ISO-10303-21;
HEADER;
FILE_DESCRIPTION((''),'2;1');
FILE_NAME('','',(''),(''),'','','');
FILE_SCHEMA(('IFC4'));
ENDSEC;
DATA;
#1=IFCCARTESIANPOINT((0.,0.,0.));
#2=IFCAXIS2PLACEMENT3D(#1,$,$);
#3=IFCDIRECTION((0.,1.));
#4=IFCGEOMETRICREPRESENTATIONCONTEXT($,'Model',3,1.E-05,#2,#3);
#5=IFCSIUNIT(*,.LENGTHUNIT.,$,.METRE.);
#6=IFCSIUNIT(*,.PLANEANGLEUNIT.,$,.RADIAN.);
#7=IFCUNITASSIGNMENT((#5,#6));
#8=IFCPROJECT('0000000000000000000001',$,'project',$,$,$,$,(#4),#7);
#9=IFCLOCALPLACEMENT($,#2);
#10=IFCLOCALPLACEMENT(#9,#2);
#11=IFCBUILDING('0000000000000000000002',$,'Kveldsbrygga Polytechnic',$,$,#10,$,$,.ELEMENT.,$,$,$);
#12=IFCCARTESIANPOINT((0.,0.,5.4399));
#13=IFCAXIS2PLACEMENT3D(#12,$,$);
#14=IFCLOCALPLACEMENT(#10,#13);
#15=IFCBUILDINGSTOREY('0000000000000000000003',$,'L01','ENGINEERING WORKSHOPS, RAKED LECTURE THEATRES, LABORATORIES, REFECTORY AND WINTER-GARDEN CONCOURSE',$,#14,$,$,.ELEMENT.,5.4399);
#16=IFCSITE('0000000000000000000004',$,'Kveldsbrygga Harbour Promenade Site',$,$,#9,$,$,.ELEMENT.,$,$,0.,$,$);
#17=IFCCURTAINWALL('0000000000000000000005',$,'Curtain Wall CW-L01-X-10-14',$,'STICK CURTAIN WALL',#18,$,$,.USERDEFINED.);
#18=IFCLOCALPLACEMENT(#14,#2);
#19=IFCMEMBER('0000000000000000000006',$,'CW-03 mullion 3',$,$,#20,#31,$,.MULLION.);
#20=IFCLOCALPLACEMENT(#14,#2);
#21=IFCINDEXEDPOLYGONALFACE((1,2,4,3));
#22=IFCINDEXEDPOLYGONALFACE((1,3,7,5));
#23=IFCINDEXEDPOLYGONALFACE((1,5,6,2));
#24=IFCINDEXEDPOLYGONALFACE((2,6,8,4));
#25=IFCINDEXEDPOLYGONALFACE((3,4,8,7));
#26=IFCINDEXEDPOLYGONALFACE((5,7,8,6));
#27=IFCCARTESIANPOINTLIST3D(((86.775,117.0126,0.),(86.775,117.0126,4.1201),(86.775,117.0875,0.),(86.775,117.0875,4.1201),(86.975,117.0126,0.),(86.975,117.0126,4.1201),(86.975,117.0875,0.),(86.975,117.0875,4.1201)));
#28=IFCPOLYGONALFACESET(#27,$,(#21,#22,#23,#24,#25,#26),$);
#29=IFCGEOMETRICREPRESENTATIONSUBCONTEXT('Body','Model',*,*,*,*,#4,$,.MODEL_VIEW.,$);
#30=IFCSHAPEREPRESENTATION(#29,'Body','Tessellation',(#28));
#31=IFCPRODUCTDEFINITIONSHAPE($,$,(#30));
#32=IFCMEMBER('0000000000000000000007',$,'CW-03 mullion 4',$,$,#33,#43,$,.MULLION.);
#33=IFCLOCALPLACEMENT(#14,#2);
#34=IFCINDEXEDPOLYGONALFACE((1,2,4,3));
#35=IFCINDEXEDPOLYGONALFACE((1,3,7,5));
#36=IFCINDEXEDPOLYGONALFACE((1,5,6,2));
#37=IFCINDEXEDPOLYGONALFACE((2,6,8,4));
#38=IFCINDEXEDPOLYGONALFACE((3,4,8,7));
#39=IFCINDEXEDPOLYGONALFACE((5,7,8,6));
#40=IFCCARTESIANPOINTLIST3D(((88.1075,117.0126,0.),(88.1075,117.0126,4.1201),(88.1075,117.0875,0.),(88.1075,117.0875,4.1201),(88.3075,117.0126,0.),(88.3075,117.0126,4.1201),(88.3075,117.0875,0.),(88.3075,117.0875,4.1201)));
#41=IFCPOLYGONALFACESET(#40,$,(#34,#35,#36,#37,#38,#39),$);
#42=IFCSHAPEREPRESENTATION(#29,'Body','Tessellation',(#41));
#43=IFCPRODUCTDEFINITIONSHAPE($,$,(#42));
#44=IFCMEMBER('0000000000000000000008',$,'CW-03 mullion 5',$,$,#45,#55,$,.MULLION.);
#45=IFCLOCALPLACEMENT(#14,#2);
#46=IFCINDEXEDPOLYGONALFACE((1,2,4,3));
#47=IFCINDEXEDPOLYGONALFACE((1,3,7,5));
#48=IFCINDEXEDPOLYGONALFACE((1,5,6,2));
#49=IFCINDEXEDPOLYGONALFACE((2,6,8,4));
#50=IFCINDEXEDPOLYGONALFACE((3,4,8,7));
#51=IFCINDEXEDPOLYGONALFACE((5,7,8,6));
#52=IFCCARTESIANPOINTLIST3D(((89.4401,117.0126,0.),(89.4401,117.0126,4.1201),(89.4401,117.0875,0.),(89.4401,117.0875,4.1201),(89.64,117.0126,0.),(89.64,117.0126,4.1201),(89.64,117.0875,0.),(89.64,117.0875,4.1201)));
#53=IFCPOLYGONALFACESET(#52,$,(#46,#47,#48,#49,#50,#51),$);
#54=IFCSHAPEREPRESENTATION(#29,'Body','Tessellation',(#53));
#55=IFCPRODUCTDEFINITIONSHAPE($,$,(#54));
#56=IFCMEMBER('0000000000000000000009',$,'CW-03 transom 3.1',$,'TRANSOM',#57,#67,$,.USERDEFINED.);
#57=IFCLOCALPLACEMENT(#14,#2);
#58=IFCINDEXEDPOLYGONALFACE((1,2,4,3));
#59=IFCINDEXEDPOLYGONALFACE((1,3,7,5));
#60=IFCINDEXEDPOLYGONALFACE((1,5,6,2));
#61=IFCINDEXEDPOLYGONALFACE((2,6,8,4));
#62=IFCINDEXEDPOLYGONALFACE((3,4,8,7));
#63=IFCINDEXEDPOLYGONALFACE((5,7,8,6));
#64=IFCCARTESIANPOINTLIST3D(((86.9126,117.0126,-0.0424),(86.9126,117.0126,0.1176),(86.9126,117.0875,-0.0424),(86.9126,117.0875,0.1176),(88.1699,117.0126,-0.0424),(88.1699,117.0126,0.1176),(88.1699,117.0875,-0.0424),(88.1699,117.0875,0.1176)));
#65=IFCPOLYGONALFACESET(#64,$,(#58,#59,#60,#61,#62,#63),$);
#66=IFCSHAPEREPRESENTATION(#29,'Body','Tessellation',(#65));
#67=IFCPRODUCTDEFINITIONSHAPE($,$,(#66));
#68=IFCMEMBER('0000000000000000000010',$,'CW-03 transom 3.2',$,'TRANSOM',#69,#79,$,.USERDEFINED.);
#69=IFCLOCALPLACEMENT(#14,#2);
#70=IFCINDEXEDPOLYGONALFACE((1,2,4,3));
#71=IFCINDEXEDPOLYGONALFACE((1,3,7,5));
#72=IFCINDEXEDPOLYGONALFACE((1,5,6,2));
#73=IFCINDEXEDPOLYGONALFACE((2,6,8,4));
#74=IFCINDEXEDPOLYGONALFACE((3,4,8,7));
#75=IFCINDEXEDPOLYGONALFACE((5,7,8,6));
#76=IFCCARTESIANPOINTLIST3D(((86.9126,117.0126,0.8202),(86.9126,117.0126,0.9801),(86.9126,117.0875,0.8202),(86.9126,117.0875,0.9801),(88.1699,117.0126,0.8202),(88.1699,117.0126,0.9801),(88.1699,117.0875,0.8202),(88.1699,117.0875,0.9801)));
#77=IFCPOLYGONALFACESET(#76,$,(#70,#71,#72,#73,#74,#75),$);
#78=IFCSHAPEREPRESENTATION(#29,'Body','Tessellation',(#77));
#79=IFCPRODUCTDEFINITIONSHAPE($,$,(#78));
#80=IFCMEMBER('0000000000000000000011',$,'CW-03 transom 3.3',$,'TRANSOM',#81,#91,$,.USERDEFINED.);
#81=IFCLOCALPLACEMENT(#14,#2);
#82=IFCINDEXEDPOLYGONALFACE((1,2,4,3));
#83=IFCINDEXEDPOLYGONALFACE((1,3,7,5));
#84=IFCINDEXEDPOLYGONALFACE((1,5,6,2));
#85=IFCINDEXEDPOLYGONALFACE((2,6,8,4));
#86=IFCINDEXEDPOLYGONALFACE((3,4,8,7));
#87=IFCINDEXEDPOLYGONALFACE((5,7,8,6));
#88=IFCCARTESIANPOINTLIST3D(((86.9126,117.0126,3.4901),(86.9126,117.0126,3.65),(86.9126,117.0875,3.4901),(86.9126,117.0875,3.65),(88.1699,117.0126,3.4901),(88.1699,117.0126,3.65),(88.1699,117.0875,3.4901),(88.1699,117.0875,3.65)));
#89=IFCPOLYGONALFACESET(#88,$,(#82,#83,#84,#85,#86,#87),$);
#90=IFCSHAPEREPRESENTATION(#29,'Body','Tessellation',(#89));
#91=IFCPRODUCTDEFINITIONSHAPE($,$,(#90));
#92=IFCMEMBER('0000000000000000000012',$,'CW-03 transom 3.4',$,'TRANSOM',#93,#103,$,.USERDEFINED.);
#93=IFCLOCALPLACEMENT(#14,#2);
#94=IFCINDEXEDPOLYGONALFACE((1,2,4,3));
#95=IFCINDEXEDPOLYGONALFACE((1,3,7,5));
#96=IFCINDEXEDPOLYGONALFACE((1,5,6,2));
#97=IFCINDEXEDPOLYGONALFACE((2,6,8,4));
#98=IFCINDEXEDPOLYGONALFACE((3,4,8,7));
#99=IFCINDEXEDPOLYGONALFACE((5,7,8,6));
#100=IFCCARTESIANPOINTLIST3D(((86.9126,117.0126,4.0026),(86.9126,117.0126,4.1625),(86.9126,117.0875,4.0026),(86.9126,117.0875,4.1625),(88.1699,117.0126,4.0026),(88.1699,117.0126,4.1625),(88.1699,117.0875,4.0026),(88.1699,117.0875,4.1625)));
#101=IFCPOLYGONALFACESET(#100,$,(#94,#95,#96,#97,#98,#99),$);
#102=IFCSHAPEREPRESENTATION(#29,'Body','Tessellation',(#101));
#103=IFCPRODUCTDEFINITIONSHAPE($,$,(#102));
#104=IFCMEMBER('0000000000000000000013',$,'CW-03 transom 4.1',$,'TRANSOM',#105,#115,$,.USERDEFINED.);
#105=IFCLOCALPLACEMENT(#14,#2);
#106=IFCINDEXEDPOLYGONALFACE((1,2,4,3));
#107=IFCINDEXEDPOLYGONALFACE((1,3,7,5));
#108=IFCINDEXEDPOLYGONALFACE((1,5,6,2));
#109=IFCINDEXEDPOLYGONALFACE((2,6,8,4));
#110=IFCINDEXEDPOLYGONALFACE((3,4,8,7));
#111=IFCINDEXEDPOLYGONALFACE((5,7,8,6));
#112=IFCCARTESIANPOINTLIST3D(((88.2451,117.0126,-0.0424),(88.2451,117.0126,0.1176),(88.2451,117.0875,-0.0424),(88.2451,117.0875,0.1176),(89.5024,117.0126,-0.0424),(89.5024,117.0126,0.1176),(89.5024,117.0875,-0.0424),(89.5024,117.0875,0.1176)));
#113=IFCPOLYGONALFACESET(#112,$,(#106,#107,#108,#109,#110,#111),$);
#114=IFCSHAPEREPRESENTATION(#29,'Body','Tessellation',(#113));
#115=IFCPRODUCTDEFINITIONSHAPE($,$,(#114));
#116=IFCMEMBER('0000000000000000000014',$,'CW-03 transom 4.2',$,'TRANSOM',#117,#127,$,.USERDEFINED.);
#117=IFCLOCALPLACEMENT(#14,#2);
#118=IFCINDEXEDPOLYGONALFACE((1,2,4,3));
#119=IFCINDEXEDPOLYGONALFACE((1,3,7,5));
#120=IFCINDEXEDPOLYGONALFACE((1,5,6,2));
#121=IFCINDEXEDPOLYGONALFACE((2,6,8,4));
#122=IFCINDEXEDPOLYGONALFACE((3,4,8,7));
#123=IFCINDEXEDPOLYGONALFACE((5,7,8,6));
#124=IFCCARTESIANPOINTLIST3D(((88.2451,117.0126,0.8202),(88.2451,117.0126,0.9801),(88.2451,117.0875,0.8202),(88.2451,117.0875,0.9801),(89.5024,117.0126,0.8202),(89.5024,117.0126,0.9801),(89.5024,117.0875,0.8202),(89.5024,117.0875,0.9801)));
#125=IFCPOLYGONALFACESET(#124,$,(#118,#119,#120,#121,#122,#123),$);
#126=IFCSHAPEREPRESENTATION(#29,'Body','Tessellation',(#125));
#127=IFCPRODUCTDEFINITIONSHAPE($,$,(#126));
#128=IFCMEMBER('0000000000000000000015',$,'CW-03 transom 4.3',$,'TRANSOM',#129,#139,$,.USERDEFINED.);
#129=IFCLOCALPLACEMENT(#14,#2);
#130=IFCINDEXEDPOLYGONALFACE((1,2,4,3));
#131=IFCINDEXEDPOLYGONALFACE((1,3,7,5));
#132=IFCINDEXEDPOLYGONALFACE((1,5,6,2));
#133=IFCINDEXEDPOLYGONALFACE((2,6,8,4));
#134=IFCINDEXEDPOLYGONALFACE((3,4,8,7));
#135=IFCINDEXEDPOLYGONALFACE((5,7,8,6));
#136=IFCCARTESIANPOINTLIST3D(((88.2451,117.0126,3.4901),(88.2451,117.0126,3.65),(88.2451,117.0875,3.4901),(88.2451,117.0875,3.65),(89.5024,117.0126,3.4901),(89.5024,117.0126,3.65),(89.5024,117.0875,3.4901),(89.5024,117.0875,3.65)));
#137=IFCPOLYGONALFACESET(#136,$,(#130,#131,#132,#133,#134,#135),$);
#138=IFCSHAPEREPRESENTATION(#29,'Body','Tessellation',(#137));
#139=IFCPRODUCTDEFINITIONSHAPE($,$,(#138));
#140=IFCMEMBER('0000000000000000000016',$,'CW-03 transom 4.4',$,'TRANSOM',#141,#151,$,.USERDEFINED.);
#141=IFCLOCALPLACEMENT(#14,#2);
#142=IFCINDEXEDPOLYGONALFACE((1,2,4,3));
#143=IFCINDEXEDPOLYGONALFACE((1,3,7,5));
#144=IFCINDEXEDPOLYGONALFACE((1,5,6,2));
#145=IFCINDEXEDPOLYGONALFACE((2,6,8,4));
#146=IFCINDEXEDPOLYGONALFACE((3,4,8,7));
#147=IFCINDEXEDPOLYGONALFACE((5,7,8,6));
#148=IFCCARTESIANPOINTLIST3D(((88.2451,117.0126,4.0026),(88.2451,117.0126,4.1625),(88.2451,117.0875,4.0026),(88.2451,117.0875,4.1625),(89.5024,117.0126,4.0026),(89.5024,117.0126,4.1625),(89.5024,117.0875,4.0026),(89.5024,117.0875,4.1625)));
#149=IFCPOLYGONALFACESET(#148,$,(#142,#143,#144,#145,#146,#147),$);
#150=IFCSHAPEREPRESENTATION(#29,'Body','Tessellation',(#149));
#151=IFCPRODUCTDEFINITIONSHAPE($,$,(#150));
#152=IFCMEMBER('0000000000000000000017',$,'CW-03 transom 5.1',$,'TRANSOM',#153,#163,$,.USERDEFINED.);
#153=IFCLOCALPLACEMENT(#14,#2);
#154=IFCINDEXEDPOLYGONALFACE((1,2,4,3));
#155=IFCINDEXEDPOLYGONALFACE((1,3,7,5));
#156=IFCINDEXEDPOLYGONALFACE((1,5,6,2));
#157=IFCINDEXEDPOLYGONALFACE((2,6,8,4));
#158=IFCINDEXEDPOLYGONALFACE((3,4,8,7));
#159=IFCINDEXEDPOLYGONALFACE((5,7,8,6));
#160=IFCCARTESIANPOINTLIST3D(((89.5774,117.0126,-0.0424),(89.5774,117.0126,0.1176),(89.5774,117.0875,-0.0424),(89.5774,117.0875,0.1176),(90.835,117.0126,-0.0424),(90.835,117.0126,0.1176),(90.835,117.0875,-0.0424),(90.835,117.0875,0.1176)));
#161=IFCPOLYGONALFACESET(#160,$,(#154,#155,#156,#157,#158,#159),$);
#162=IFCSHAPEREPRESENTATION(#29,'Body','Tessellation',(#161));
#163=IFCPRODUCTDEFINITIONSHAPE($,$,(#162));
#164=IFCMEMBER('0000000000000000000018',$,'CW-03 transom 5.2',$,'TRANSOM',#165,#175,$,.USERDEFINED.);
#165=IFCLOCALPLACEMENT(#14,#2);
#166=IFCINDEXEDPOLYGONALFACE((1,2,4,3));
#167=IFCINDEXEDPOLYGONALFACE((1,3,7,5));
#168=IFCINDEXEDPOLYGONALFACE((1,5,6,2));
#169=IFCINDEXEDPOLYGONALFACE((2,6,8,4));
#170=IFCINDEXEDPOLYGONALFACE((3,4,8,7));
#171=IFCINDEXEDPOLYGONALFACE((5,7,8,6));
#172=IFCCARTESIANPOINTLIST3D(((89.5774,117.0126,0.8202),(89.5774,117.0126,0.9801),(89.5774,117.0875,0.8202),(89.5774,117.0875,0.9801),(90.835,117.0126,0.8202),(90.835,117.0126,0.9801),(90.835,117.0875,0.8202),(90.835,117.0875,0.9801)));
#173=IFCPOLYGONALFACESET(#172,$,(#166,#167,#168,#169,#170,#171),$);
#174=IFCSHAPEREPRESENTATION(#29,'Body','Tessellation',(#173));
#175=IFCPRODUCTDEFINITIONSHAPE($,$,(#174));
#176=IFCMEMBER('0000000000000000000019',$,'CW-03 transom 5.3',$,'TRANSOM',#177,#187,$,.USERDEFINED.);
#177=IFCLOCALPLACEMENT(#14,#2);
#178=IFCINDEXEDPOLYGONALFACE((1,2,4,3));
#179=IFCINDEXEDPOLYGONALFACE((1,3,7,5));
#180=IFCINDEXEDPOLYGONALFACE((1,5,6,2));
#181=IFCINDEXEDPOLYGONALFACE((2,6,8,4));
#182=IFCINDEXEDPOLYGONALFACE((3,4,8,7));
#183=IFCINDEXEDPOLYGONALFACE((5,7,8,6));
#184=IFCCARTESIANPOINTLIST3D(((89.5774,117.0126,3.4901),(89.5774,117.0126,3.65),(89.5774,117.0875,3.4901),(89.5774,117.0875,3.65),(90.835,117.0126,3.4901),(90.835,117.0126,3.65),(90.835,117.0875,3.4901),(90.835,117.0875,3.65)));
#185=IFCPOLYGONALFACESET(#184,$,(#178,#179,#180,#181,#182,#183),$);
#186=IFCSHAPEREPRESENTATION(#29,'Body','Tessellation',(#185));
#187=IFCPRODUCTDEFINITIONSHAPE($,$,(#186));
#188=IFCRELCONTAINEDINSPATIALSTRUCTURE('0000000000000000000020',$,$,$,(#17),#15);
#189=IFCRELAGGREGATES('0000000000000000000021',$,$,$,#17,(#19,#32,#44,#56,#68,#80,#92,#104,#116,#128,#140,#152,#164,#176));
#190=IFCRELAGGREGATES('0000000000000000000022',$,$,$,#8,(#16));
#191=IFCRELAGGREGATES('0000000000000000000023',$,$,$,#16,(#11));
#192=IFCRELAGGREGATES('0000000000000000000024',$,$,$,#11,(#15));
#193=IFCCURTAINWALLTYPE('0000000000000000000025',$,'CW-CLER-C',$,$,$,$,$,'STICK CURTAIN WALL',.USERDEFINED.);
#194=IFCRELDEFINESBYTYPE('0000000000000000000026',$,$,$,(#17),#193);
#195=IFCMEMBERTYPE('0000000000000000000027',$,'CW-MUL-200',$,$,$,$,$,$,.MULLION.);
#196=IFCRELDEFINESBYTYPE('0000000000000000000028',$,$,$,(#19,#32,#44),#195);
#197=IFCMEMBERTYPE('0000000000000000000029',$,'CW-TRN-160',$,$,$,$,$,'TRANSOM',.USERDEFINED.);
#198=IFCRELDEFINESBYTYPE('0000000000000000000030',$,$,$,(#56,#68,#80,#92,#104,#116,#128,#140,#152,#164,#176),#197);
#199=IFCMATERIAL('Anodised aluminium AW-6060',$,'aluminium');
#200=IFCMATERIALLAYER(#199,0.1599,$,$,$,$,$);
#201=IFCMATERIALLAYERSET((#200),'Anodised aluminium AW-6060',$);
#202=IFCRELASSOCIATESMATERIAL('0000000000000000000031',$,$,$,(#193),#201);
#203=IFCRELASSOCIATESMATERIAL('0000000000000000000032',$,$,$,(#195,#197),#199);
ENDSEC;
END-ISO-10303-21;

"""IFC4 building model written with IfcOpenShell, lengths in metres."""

from ifc_helpers import new_model, si_unit, direction, frame, origin, origin_2d, place, context, subcontext, project, spatial, rectangle, extrude, material, layer, layer_set, material_profile, profile_set, type_object, element, aggregate, save


model = new_model("IFC4")

# Units and contexts
model_context = context("Model", 3, precision=1e-05, world=origin(), true_north=direction((0.0, 1.0)))
body_context = subcontext(model_context, "Body", "Model", "MODEL_VIEW")
ifc_project = project(units=[si_unit("LENGTHUNIT", "METRE"), si_unit("PLANEANGLEUNIT", "RADIAN")], contexts=[model_context])

# Site, building, storey
site_placement = place(None, origin())
site = spatial("IfcSite", under=ifc_project, at=site_placement, Name="Kveldsbrygga Harbour Promenade Site", CompositionType="ELEMENT", RefElevation=0.0)
building_placement = place(site_placement, origin())
building = spatial("IfcBuilding", under=site, at=building_placement, Name="Kveldsbrygga Polytechnic", CompositionType="ELEMENT")
storey_placement = place(building_placement, frame((0.0, 0.0, 5.4399)))
storey = spatial("IfcBuildingStorey", under=building, at=storey_placement, Name="L01", Description="ENGINEERING WORKSHOPS, RAKED LECTURE THEATRES, LABORATORIES, REFECTORY AND WINTER-GARDEN CONCOURSE", CompositionType="ELEMENT", Elevation=5.4399)

# Curtain wall, members
ifc_material_1 = material(Name="Anodised aluminium AW-6060", Category="aluminium")
ifc_layer_1 = layer(ifc_material_1, 0.1599)
ifc_layer_set_1 = layer_set([ifc_layer_1], Name="Anodised aluminium AW-6060")
curtain_wall_type = type_object("IfcCurtainWallType", Name="CW-CLER-C", ElementType="STICK CURTAIN WALL", PredefinedType="USERDEFINED", material=ifc_layer_set_1)
curtain_wall_placement = place(storey_placement, origin())
curtain_wall = element("IfcCurtainWall", 1, at=curtain_wall_placement, inside=storey, type_object=curtain_wall_type, Name="Curtain Wall CW-L01-X-10-14", ObjectType="STICK CURTAIN WALL", PredefinedType="USERDEFINED")
ifc_material_profile_1 = material_profile(ifc_material_1, rectangle(XDim=0.075, YDim=0.2, at=origin_2d()), Name="ALU 75x200")
ifc_profile_set_1 = profile_set([ifc_material_profile_1], Name="Anodised aluminium AW-6060")
member_type_1 = type_object("IfcMemberType", Name="CW-MUL-200", PredefinedType="MULLION", material=ifc_profile_set_1)
member_1_placement = place(storey_placement, frame((86.875, 117.05, 0.0), z_axis=(0.0, 0.0, 1.0), x_axis=(0.0, 1.0, 0.0)))
member_1 = element("IfcMember", 2, at=member_1_placement, type_object=member_type_1, Name="CW-03 mullion 3", PredefinedType="MULLION", context=body_context, shape_type="SweptSolid", body=[
    extrude(rectangle(XDim=0.075, YDim=0.2, at=origin_2d()), origin(), (0.0, 0.0, 1.0), 4.1201),
])
member_2_placement = place(storey_placement, frame((88.2075, 117.05, 0.0), z_axis=(0.0, 0.0, 1.0), x_axis=(0.0, 1.0, 0.0)))
member_2 = element("IfcMember", 3, at=member_2_placement, type_object=member_type_1, Name="CW-03 mullion 4", PredefinedType="MULLION", context=body_context, shape_type="SweptSolid", body=[
    extrude(rectangle(XDim=0.075, YDim=0.2, at=origin_2d()), origin(), (0.0, 0.0, 1.0), 4.1201),
])
member_3_placement = place(storey_placement, frame((89.54, 117.05, 0.0), z_axis=(0.0, 0.0, 1.0), x_axis=(0.0, 1.0, 0.0)))
member_3 = element("IfcMember", 4, at=member_3_placement, type_object=member_type_1, Name="CW-03 mullion 5", PredefinedType="MULLION", context=body_context, shape_type="SweptSolid", body=[
    extrude(rectangle(XDim=0.075, YDim=0.2, at=origin_2d()), origin(), (0.0, 0.0, 1.0), 4.1201),
])
ifc_material_profile_2 = material_profile(ifc_material_1, rectangle(XDim=0.075, YDim=0.1599, at=origin_2d()), Name="ALU 75x160")
ifc_profile_set_2 = profile_set([ifc_material_profile_2], Name="Anodised aluminium AW-6060")
member_type_2 = type_object("IfcMemberType", Name="CW-TRN-160", ElementType="TRANSOM", PredefinedType="USERDEFINED", material=ifc_profile_set_2)
member_4_placement = place(storey_placement, frame((86.9126, 117.05, 0.0376), z_axis=(1.0, 0.0, 0.0), x_axis=(0.0, 1.0, 0.0)))
member_4 = element("IfcMember", 5, at=member_4_placement, type_object=member_type_2, Name="CW-03 transom 3.1", ObjectType="TRANSOM", PredefinedType="USERDEFINED", context=body_context, shape_type="SweptSolid", body=[
    extrude(rectangle(XDim=0.075, YDim=0.1599, at=origin_2d()), origin(), (0.0, 0.0, 1.0), 1.2573),
])
member_5_placement = place(storey_placement, frame((86.9126, 117.05, 0.9001), z_axis=(1.0, 0.0, 0.0), x_axis=(0.0, 1.0, 0.0)))
member_5 = element("IfcMember", 6, at=member_5_placement, type_object=member_type_2, Name="CW-03 transom 3.2", ObjectType="TRANSOM", PredefinedType="USERDEFINED", context=body_context, shape_type="SweptSolid", body=[
    extrude(rectangle(XDim=0.075, YDim=0.1599, at=origin_2d()), origin(), (0.0, 0.0, 1.0), 1.2573),
])
member_6_placement = place(storey_placement, frame((86.9126, 117.05, 3.5701), z_axis=(1.0, 0.0, 0.0), x_axis=(0.0, 1.0, 0.0)))
member_6 = element("IfcMember", 7, at=member_6_placement, type_object=member_type_2, Name="CW-03 transom 3.3", ObjectType="TRANSOM", PredefinedType="USERDEFINED", context=body_context, shape_type="SweptSolid", body=[
    extrude(rectangle(XDim=0.075, YDim=0.1599, at=origin_2d()), origin(), (0.0, 0.0, 1.0), 1.2573),
])
member_7_placement = place(storey_placement, frame((86.9126, 117.05, 4.0825), z_axis=(1.0, 0.0, 0.0), x_axis=(0.0, 1.0, 0.0)))
member_7 = element("IfcMember", 8, at=member_7_placement, type_object=member_type_2, Name="CW-03 transom 3.4", ObjectType="TRANSOM", PredefinedType="USERDEFINED", context=body_context, shape_type="SweptSolid", body=[
    extrude(rectangle(XDim=0.075, YDim=0.1599, at=origin_2d()), origin(), (0.0, 0.0, 1.0), 1.2573),
])
member_8_placement = place(storey_placement, frame((88.2451, 117.05, 0.0376), z_axis=(1.0, 0.0, 0.0), x_axis=(0.0, 1.0, 0.0)))
member_8 = element("IfcMember", 9, at=member_8_placement, type_object=member_type_2, Name="CW-03 transom 4.1", ObjectType="TRANSOM", PredefinedType="USERDEFINED", context=body_context, shape_type="SweptSolid", body=[
    extrude(rectangle(XDim=0.075, YDim=0.1599, at=origin_2d()), origin(), (0.0, 0.0, 1.0), 1.2573),
])
member_9_placement = place(storey_placement, frame((88.2451, 117.05, 0.9001), z_axis=(1.0, 0.0, 0.0), x_axis=(0.0, 1.0, 0.0)))
member_9 = element("IfcMember", 10, at=member_9_placement, type_object=member_type_2, Name="CW-03 transom 4.2", ObjectType="TRANSOM", PredefinedType="USERDEFINED", context=body_context, shape_type="SweptSolid", body=[
    extrude(rectangle(XDim=0.075, YDim=0.1599, at=origin_2d()), origin(), (0.0, 0.0, 1.0), 1.2573),
])
member_10_placement = place(storey_placement, frame((88.2451, 117.05, 3.5701), z_axis=(1.0, 0.0, 0.0), x_axis=(0.0, 1.0, 0.0)))
member_10 = element("IfcMember", 11, at=member_10_placement, type_object=member_type_2, Name="CW-03 transom 4.3", ObjectType="TRANSOM", PredefinedType="USERDEFINED", context=body_context, shape_type="SweptSolid", body=[
    extrude(rectangle(XDim=0.075, YDim=0.1599, at=origin_2d()), origin(), (0.0, 0.0, 1.0), 1.2573),
])
member_11_placement = place(storey_placement, frame((88.2451, 117.05, 4.0825), z_axis=(1.0, 0.0, 0.0), x_axis=(0.0, 1.0, 0.0)))
member_11 = element("IfcMember", 12, at=member_11_placement, type_object=member_type_2, Name="CW-03 transom 4.4", ObjectType="TRANSOM", PredefinedType="USERDEFINED", context=body_context, shape_type="SweptSolid", body=[
    extrude(rectangle(XDim=0.075, YDim=0.1599, at=origin_2d()), origin(), (0.0, 0.0, 1.0), 1.2573),
])
member_12_placement = place(storey_placement, frame((89.5774, 117.05, 0.0376), z_axis=(1.0, 0.0, 0.0), x_axis=(0.0, 1.0, 0.0)))
member_12 = element("IfcMember", 13, at=member_12_placement, type_object=member_type_2, Name="CW-03 transom 5.1", ObjectType="TRANSOM", PredefinedType="USERDEFINED", context=body_context, shape_type="SweptSolid", body=[
    extrude(rectangle(XDim=0.075, YDim=0.1599, at=origin_2d()), origin(), (0.0, 0.0, 1.0), 1.2576),
])
member_13_placement = place(storey_placement, frame((89.5774, 117.05, 0.9001), z_axis=(1.0, 0.0, 0.0), x_axis=(0.0, 1.0, 0.0)))
member_13 = element("IfcMember", 14, at=member_13_placement, type_object=member_type_2, Name="CW-03 transom 5.2", ObjectType="TRANSOM", PredefinedType="USERDEFINED", context=body_context, shape_type="SweptSolid", body=[
    extrude(rectangle(XDim=0.075, YDim=0.1599, at=origin_2d()), origin(), (0.0, 0.0, 1.0), 1.2576),
])
member_14_placement = place(storey_placement, frame((89.5774, 117.05, 3.5701), z_axis=(1.0, 0.0, 0.0), x_axis=(0.0, 1.0, 0.0)))
member_14 = element("IfcMember", 15, at=member_14_placement, type_object=member_type_2, Name="CW-03 transom 5.3", ObjectType="TRANSOM", PredefinedType="USERDEFINED", context=body_context, shape_type="SweptSolid", body=[
    extrude(rectangle(XDim=0.075, YDim=0.1599, at=origin_2d()), origin(), (0.0, 0.0, 1.0), 1.2576),
])
aggregate(curtain_wall, [member_1, member_2, member_3, member_4, member_5, member_6, member_7, member_8, member_9, member_10, member_11, member_12, member_13, member_14])

save(model, "model.ifc")
